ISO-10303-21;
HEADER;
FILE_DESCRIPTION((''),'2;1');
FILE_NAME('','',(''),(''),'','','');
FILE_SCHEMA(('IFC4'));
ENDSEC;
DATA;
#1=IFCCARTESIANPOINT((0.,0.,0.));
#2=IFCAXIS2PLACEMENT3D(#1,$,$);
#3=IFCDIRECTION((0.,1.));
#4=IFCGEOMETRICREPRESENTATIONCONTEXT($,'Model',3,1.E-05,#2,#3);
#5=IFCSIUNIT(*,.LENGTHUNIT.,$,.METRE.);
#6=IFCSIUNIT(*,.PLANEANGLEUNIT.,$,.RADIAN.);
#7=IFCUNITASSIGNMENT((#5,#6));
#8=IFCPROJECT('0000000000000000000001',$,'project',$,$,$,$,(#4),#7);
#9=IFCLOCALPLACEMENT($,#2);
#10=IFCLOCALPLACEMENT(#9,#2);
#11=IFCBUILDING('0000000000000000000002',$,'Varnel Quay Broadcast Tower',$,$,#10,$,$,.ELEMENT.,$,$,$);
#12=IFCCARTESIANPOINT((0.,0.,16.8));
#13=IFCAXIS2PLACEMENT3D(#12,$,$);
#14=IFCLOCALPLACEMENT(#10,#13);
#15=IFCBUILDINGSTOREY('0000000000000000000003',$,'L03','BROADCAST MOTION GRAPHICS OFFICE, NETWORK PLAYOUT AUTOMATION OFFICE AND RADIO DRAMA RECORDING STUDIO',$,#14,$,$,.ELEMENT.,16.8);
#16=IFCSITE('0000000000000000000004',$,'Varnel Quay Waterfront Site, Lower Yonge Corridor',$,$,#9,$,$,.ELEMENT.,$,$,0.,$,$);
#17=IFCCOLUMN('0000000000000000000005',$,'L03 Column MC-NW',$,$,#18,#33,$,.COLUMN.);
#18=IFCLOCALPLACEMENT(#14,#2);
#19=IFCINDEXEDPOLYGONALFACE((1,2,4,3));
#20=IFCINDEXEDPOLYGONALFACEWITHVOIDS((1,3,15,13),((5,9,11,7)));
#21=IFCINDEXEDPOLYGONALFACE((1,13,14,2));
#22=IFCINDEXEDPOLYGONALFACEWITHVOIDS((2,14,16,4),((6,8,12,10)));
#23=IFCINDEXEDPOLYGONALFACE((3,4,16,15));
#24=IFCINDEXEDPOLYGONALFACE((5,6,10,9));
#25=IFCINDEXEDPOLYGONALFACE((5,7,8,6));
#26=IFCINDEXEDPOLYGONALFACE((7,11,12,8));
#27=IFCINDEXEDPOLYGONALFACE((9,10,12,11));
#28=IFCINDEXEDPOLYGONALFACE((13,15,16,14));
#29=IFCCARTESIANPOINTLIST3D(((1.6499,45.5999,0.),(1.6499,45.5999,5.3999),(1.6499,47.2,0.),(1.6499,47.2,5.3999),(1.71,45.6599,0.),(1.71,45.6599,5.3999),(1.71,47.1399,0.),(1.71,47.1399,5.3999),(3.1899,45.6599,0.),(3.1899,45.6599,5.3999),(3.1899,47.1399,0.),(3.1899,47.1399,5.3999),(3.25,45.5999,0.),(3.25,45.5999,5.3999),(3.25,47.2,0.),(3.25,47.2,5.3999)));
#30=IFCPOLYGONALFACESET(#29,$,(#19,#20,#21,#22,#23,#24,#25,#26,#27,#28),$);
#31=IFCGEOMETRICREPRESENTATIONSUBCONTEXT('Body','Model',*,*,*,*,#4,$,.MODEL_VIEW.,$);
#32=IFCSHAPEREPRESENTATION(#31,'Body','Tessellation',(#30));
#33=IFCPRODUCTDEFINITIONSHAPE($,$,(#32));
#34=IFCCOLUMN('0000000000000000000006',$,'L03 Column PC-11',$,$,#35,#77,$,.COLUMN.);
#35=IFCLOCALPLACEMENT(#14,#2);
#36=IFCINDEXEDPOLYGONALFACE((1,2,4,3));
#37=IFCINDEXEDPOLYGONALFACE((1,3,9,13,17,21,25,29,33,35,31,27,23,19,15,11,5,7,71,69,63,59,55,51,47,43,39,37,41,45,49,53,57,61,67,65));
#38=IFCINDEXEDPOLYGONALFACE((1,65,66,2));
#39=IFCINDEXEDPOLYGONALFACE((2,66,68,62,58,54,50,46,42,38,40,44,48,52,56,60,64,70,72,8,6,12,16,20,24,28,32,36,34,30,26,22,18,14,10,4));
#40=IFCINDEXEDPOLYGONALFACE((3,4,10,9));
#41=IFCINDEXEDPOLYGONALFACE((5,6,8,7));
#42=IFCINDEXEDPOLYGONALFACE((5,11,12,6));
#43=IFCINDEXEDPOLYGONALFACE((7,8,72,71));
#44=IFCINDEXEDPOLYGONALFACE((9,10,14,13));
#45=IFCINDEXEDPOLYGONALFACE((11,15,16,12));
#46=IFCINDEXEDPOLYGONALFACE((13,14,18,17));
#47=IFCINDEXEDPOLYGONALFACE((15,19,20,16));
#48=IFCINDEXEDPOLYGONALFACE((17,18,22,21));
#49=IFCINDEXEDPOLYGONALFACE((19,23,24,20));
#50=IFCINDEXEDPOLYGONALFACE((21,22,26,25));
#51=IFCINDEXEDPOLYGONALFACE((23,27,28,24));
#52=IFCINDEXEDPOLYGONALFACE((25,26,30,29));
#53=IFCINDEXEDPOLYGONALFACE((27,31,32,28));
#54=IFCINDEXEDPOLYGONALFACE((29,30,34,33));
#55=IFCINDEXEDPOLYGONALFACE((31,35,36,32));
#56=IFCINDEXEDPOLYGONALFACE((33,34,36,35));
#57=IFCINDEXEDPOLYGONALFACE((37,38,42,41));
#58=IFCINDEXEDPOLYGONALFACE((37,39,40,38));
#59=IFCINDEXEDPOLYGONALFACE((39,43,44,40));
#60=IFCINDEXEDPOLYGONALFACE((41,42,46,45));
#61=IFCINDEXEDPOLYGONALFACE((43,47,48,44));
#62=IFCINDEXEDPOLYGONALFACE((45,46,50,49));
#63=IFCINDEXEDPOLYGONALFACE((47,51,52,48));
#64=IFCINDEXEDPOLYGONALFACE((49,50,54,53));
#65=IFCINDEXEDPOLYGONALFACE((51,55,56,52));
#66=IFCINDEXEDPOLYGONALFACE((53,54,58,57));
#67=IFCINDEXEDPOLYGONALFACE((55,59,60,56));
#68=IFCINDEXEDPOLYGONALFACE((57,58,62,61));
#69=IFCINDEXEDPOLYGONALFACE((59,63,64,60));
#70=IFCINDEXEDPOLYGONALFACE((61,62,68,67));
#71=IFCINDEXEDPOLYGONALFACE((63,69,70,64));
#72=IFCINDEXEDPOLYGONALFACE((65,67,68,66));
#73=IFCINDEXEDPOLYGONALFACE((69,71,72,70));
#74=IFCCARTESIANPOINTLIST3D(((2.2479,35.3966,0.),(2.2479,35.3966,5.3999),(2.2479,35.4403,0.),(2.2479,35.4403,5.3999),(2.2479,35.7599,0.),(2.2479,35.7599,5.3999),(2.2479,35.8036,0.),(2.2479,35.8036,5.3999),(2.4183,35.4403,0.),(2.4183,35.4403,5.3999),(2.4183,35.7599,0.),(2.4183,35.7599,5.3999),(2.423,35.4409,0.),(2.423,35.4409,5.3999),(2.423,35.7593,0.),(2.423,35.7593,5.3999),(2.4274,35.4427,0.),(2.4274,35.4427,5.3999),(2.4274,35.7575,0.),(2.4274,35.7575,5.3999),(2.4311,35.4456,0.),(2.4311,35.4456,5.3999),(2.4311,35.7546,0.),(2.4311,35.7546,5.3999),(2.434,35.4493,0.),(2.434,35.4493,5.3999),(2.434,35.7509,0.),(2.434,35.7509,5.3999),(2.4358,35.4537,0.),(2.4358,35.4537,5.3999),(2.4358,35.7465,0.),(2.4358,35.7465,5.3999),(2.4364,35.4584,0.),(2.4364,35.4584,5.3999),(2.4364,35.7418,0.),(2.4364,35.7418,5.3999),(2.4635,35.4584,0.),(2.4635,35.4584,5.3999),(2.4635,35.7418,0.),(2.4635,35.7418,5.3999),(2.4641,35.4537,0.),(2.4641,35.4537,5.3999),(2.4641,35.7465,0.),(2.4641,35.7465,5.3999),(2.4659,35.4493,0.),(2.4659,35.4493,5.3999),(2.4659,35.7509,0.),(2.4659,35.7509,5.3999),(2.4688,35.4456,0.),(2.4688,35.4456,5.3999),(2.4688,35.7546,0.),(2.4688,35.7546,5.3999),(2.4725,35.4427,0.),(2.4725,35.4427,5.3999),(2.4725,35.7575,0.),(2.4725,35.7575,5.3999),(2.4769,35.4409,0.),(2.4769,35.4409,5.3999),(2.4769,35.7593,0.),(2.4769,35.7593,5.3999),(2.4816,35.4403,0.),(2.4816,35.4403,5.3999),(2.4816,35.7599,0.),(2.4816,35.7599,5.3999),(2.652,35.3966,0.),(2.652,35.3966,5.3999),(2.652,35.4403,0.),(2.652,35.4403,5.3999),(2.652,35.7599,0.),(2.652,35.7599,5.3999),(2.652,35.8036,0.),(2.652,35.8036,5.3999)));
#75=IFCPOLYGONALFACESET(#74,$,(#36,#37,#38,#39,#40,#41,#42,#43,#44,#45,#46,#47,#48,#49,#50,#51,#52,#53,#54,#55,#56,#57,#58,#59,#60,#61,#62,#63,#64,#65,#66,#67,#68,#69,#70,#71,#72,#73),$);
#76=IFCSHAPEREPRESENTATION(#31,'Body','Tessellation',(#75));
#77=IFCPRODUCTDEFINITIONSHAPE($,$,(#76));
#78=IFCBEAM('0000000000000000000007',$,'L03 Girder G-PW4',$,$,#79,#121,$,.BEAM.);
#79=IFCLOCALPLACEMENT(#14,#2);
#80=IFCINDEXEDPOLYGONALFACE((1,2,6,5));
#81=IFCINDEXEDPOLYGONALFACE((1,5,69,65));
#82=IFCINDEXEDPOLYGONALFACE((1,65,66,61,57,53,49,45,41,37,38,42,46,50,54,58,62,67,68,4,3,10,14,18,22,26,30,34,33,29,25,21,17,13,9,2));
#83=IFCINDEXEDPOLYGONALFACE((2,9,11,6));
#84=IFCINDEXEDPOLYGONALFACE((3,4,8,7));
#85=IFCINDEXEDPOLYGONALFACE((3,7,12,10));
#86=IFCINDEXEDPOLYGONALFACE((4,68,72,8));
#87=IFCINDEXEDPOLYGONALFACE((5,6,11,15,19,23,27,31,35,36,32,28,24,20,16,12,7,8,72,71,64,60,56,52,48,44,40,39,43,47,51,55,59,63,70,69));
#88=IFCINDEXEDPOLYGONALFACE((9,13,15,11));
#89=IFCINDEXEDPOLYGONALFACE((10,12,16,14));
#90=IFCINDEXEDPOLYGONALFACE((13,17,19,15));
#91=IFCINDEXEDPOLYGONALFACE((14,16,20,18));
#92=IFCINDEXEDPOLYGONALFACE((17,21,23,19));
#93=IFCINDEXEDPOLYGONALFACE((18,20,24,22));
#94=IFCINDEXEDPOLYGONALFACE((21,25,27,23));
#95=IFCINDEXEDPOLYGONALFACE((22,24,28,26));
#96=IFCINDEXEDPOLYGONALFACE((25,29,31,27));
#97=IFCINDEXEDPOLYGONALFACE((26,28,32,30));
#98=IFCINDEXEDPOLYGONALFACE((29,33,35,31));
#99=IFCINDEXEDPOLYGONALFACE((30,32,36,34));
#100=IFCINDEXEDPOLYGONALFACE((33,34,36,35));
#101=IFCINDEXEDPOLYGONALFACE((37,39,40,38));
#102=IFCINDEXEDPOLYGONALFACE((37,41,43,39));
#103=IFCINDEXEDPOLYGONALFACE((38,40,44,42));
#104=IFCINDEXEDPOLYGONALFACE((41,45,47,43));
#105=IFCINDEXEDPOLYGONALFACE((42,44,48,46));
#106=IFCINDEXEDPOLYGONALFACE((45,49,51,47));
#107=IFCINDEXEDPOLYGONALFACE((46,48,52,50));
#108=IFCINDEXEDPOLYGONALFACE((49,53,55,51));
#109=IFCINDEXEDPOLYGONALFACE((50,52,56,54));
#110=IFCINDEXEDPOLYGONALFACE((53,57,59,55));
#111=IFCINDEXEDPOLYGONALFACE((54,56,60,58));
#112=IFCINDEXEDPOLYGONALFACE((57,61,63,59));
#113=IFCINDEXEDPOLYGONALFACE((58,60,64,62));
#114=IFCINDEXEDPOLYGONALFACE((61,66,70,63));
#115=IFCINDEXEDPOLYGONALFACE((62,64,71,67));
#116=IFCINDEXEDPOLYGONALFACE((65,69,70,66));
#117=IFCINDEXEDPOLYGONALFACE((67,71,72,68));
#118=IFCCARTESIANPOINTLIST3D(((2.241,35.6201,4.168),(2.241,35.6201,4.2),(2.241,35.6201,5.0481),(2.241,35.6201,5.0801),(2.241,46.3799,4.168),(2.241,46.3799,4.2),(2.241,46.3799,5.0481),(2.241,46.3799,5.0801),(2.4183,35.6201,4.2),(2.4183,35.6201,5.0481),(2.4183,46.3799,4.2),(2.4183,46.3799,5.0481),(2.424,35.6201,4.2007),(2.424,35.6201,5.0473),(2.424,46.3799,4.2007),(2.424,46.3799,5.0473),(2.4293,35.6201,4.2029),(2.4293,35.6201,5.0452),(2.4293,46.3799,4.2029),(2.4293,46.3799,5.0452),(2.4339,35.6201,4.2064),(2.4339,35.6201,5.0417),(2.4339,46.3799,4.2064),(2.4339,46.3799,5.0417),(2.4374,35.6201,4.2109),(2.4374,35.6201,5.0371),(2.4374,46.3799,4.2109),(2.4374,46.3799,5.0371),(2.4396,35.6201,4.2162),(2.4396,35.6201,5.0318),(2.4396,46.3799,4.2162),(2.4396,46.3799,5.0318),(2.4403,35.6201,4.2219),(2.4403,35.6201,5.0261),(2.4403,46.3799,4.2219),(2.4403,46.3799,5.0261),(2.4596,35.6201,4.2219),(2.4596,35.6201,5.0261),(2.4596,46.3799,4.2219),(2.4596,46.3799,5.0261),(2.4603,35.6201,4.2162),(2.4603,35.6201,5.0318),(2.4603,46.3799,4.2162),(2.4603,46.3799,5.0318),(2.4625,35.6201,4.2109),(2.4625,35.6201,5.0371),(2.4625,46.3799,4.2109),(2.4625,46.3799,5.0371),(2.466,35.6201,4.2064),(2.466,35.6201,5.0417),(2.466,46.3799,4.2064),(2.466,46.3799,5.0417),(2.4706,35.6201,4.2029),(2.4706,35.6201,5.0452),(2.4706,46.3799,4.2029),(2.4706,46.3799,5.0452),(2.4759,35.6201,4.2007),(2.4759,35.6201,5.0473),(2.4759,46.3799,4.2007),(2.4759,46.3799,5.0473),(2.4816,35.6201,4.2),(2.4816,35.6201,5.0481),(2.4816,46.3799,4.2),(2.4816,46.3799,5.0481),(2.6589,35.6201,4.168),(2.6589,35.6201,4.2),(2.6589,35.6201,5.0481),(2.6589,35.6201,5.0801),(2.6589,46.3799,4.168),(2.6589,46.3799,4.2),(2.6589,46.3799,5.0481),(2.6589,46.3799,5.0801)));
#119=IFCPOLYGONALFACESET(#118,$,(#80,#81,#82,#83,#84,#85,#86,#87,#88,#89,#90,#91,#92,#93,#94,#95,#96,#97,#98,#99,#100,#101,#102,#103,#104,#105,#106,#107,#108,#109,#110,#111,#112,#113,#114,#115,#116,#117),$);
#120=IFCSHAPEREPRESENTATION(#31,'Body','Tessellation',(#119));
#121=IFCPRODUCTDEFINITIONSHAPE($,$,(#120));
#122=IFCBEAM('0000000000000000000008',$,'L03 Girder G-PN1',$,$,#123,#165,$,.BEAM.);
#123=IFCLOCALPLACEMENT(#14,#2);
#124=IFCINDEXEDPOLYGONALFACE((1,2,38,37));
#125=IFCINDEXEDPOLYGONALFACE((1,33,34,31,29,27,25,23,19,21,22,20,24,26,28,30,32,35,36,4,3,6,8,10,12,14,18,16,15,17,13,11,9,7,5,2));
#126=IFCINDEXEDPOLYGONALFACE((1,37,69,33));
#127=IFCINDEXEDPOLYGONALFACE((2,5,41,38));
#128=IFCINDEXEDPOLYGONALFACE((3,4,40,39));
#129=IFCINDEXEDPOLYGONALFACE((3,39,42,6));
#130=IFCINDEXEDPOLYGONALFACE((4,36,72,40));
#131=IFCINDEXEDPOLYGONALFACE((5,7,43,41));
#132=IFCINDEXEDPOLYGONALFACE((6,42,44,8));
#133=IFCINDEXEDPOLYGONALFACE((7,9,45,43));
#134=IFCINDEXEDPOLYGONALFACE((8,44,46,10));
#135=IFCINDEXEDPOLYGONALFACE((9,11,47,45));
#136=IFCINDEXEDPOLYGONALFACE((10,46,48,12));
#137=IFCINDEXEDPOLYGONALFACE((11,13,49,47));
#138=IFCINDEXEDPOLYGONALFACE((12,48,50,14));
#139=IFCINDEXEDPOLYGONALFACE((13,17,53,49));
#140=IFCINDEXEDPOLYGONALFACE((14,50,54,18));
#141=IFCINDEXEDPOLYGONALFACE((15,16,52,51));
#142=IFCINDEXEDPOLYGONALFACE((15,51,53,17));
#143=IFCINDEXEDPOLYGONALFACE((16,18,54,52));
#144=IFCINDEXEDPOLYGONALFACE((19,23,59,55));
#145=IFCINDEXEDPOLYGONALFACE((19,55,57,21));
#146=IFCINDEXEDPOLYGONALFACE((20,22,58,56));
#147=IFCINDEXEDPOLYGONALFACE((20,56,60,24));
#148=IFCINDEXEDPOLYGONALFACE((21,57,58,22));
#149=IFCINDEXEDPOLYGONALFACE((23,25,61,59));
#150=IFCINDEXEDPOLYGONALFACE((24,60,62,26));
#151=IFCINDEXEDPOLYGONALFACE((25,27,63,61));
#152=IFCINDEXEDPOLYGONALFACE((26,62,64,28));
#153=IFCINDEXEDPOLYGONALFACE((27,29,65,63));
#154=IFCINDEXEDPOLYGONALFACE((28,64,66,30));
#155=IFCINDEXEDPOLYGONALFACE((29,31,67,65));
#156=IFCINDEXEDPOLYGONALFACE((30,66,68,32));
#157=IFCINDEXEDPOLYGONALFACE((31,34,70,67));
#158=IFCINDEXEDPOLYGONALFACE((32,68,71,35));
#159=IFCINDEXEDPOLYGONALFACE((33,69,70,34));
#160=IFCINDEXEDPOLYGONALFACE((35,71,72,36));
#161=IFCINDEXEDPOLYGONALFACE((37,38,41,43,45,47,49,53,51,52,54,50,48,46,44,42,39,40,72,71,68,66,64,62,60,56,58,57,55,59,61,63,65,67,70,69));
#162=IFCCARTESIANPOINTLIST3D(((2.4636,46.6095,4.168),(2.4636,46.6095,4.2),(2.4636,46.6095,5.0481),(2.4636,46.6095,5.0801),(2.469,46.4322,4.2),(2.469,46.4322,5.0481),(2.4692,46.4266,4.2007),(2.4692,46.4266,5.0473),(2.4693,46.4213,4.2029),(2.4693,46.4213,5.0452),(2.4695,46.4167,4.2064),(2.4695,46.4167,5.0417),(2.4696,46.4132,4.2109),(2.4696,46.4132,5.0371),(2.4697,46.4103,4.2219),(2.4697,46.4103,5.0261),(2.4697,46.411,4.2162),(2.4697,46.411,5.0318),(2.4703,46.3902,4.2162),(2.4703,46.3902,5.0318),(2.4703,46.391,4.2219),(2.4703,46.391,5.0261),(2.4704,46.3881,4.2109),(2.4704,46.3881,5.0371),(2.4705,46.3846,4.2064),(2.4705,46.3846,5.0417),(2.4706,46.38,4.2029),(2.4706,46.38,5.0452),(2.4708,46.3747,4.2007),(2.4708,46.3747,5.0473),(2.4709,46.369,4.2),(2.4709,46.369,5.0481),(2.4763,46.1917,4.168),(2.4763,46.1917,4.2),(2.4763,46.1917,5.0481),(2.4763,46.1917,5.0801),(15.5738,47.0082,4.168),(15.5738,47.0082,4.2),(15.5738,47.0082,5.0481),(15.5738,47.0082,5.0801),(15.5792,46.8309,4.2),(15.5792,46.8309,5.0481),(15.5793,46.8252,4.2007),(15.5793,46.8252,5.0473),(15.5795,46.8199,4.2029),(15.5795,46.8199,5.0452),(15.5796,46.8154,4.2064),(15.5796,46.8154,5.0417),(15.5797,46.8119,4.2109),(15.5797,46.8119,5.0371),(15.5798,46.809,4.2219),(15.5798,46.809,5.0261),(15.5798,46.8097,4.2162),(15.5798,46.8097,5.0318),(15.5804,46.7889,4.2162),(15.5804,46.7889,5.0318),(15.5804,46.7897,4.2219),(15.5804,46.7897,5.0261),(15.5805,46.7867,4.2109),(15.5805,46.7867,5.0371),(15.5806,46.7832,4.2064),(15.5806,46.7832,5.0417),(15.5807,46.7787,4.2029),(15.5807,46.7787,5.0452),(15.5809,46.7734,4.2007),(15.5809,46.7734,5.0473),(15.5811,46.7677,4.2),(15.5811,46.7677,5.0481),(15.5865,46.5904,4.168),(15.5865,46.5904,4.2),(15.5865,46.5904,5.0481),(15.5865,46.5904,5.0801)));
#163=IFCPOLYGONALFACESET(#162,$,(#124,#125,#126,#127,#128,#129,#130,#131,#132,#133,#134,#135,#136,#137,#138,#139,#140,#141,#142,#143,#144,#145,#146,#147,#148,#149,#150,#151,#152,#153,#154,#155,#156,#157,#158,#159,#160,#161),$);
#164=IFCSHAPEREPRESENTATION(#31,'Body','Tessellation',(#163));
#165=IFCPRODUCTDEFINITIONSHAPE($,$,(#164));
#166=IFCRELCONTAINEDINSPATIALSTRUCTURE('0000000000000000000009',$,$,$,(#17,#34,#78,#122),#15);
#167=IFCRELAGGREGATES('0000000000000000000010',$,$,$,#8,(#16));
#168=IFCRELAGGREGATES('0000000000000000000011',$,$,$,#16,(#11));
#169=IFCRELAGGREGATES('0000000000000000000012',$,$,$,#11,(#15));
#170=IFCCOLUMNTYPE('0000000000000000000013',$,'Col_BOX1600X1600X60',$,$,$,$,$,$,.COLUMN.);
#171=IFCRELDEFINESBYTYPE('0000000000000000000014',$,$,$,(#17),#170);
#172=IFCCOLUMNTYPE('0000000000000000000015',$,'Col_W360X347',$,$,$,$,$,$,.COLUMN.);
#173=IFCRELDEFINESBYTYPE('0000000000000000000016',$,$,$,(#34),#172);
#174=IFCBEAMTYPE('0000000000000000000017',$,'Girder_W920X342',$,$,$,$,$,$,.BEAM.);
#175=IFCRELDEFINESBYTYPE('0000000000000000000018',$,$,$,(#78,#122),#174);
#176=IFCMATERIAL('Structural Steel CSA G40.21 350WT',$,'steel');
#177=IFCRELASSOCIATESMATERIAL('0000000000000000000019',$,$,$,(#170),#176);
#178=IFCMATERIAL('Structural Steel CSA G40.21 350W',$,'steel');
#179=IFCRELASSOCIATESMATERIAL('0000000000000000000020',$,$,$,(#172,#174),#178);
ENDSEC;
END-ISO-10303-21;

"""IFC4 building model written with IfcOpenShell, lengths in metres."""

from ifc_helpers import new_model, si_unit, direction, frame, origin, origin_2d, place, context, subcontext, project, spatial, hollow_rectangle, i_section, extrude, source, transform, mapped, material, material_profile, profile_set, type_object, type_shapes, element, save


model = new_model("IFC4")

# Units and contexts
model_context = context("Model", 3, precision=1e-05, world=origin(), true_north=direction((0.0, 1.0)))
body_context = subcontext(model_context, "Body", "Model", "MODEL_VIEW")
ifc_project = project(units=[si_unit("LENGTHUNIT", "METRE"), si_unit("PLANEANGLEUNIT", "RADIAN")], contexts=[model_context])

# Site, building, storey
site_placement = place(None, origin())
site = spatial("IfcSite", under=ifc_project, at=site_placement, Name="Varnel Quay Waterfront Site, Lower Yonge Corridor", CompositionType="ELEMENT", RefElevation=0.0)
building_placement = place(site_placement, origin())
building = spatial("IfcBuilding", under=site, at=building_placement, Name="Varnel Quay Broadcast Tower", CompositionType="ELEMENT")
storey_placement = place(building_placement, frame((0.0, 0.0, 16.8)))
storey = spatial("IfcBuildingStorey", under=building, at=storey_placement, Name="L03", Description="BROADCAST MOTION GRAPHICS OFFICE, NETWORK PLAYOUT AUTOMATION OFFICE AND RADIO DRAMA RECORDING STUDIO", CompositionType="ELEMENT", Elevation=16.8)

# Columns
ifc_material_1 = material(Name="Structural Steel CSA G40.21 350WT", Category="steel")
ifc_material_profile_1 = material_profile(ifc_material_1, hollow_rectangle(XDim=1.6001, YDim=1.6001, WallThickness=0.0601, at=origin_2d()), Name="BOX1600X1600X60")
ifc_profile_set_1 = profile_set([ifc_material_profile_1], Name="Structural Steel CSA G40.21 350WT")
column_type_1 = type_object("IfcColumnType", Name="Col_BOX1600X1600X60", PredefinedType="COLUMN", material=ifc_profile_set_1)
shared_shape_1 = source(origin(), body_context, "Body", "SweptSolid", [
    extrude(hollow_rectangle(XDim=1.6001, YDim=1.6001, WallThickness=0.0601, at=origin_2d()), origin(), (0.0, 0.0, 1.0), 5.3999),
])
type_shapes(column_type_1, [shared_shape_1])
column_1_placement = place(storey_placement, frame((2.45, 46.3999, 0.0), z_axis=(0.0, 0.0, 1.0), x_axis=(1.0, 0.0, 0.0)))
element("IfcColumn", 1, at=column_1_placement, inside=storey, type_object=column_type_1, Name="L03 Column MC-NW", PredefinedType="COLUMN", context=body_context, shape_type="MappedRepresentation", body=[
    mapped(shared_shape_1, transform((0.0, 0.0, 0.0), x_axis=(1.0, 0.0, 0.0), y_axis=(0.0, 1.0, 0.0), z_axis=(0.0, 0.0, 1.0), scale=1.0)),
])
ifc_material_2 = material(Name="Structural Steel CSA G40.21 350W", Category="steel")
ifc_material_profile_2 = material_profile(ifc_material_2, i_section(OverallWidth=0.4041, OverallDepth=0.407, WebThickness=0.0271, FlangeThickness=0.0437, FilletRadius=0.0181, at=origin_2d()), Name="W360X347")
ifc_profile_set_2 = profile_set([ifc_material_profile_2], Name="Structural Steel CSA G40.21 350W")
column_type_2 = type_object("IfcColumnType", Name="Col_W360X347", PredefinedType="COLUMN", material=ifc_profile_set_2)
shared_shape_2 = source(origin(), body_context, "Body", "SweptSolid", [
    extrude(i_section(OverallWidth=0.4041, OverallDepth=0.407, WebThickness=0.0271, FlangeThickness=0.0437, FilletRadius=0.0181, at=origin_2d()), origin(), (0.0, 0.0, 1.0), 5.3999),
])
type_shapes(column_type_2, [shared_shape_2])
column_2_placement = place(storey_placement, frame((2.45, 35.6001, 0.0), z_axis=(0.0, 0.0, 1.0), x_axis=(1.0, 0.0, 0.0)))
element("IfcColumn", 2, at=column_2_placement, inside=storey, type_object=column_type_2, Name="L03 Column PC-11", PredefinedType="COLUMN", context=body_context, shape_type="MappedRepresentation", body=[
    mapped(shared_shape_2, transform((0.0, 0.0, 0.0), x_axis=(1.0, 0.0, 0.0), y_axis=(0.0, 1.0, 0.0), z_axis=(0.0, 0.0, 1.0), scale=1.0)),
])

# Beams
ifc_material_profile_3 = material_profile(ifc_material_2, i_section(OverallWidth=0.418, OverallDepth=0.9121, WebThickness=0.0193, FlangeThickness=0.032, FilletRadius=0.022, at=origin_2d()), Name="W920X342")
ifc_profile_set_3 = profile_set([ifc_material_profile_3], Name="Structural Steel CSA G40.21 350W")
beam_type = type_object("IfcBeamType", Name="Girder_W920X342", PredefinedType="BEAM", material=ifc_profile_set_3)
shared_shape_3 = source(origin(), body_context, "Body", "SweptSolid", [
    extrude(i_section(OverallWidth=0.418, OverallDepth=0.9121, WebThickness=0.0193, FlangeThickness=0.032, FilletRadius=0.022, at=origin_2d()), origin(), (0.0, 0.0, 1.0), 10.7598),
])
beam_1_placement = place(storey_placement, frame((2.45, 35.6201, 4.624), z_axis=(0.0, 1.0, 0.0), x_axis=(-1.0, 0.0, 0.0)))
element("IfcBeam", 3, at=beam_1_placement, inside=storey, type_object=beam_type, Name="L03 Girder G-PW4", PredefinedType="BEAM", context=body_context, shape_type="MappedRepresentation", body=[
    mapped(shared_shape_3, transform((0.0, 0.0, 0.0), x_axis=(1.0, 0.0, 0.0), y_axis=(0.0, 1.0, 0.0), z_axis=(0.0, 0.0, 1.0), scale=1.0)),
])
shared_shape_4 = source(origin(), body_context, "Body", "SweptSolid", [
    extrude(i_section(OverallWidth=0.418, OverallDepth=0.9121, WebThickness=0.0193, FlangeThickness=0.032, FilletRadius=0.022, at=origin_2d()), origin(), (0.0, 0.0, 1.0), 13.1162),
])
beam_2_placement = place(storey_placement, frame((2.47, 46.4006, 4.624), z_axis=(0.999538, 0.030396, 0.0), x_axis=(-0.030396, 0.999538, 0.0)))
element("IfcBeam", 4, at=beam_2_placement, inside=storey, type_object=beam_type, Name="L03 Girder G-PN1", PredefinedType="BEAM", context=body_context, shape_type="MappedRepresentation", body=[
    mapped(shared_shape_4, transform((0.0, 0.0, 0.0), x_axis=(1.0, 0.0, 0.0), y_axis=(0.0, 1.0, 0.0), z_axis=(0.0, 0.0, 1.0), scale=1.0)),
])

save(model, "model.ifc")
